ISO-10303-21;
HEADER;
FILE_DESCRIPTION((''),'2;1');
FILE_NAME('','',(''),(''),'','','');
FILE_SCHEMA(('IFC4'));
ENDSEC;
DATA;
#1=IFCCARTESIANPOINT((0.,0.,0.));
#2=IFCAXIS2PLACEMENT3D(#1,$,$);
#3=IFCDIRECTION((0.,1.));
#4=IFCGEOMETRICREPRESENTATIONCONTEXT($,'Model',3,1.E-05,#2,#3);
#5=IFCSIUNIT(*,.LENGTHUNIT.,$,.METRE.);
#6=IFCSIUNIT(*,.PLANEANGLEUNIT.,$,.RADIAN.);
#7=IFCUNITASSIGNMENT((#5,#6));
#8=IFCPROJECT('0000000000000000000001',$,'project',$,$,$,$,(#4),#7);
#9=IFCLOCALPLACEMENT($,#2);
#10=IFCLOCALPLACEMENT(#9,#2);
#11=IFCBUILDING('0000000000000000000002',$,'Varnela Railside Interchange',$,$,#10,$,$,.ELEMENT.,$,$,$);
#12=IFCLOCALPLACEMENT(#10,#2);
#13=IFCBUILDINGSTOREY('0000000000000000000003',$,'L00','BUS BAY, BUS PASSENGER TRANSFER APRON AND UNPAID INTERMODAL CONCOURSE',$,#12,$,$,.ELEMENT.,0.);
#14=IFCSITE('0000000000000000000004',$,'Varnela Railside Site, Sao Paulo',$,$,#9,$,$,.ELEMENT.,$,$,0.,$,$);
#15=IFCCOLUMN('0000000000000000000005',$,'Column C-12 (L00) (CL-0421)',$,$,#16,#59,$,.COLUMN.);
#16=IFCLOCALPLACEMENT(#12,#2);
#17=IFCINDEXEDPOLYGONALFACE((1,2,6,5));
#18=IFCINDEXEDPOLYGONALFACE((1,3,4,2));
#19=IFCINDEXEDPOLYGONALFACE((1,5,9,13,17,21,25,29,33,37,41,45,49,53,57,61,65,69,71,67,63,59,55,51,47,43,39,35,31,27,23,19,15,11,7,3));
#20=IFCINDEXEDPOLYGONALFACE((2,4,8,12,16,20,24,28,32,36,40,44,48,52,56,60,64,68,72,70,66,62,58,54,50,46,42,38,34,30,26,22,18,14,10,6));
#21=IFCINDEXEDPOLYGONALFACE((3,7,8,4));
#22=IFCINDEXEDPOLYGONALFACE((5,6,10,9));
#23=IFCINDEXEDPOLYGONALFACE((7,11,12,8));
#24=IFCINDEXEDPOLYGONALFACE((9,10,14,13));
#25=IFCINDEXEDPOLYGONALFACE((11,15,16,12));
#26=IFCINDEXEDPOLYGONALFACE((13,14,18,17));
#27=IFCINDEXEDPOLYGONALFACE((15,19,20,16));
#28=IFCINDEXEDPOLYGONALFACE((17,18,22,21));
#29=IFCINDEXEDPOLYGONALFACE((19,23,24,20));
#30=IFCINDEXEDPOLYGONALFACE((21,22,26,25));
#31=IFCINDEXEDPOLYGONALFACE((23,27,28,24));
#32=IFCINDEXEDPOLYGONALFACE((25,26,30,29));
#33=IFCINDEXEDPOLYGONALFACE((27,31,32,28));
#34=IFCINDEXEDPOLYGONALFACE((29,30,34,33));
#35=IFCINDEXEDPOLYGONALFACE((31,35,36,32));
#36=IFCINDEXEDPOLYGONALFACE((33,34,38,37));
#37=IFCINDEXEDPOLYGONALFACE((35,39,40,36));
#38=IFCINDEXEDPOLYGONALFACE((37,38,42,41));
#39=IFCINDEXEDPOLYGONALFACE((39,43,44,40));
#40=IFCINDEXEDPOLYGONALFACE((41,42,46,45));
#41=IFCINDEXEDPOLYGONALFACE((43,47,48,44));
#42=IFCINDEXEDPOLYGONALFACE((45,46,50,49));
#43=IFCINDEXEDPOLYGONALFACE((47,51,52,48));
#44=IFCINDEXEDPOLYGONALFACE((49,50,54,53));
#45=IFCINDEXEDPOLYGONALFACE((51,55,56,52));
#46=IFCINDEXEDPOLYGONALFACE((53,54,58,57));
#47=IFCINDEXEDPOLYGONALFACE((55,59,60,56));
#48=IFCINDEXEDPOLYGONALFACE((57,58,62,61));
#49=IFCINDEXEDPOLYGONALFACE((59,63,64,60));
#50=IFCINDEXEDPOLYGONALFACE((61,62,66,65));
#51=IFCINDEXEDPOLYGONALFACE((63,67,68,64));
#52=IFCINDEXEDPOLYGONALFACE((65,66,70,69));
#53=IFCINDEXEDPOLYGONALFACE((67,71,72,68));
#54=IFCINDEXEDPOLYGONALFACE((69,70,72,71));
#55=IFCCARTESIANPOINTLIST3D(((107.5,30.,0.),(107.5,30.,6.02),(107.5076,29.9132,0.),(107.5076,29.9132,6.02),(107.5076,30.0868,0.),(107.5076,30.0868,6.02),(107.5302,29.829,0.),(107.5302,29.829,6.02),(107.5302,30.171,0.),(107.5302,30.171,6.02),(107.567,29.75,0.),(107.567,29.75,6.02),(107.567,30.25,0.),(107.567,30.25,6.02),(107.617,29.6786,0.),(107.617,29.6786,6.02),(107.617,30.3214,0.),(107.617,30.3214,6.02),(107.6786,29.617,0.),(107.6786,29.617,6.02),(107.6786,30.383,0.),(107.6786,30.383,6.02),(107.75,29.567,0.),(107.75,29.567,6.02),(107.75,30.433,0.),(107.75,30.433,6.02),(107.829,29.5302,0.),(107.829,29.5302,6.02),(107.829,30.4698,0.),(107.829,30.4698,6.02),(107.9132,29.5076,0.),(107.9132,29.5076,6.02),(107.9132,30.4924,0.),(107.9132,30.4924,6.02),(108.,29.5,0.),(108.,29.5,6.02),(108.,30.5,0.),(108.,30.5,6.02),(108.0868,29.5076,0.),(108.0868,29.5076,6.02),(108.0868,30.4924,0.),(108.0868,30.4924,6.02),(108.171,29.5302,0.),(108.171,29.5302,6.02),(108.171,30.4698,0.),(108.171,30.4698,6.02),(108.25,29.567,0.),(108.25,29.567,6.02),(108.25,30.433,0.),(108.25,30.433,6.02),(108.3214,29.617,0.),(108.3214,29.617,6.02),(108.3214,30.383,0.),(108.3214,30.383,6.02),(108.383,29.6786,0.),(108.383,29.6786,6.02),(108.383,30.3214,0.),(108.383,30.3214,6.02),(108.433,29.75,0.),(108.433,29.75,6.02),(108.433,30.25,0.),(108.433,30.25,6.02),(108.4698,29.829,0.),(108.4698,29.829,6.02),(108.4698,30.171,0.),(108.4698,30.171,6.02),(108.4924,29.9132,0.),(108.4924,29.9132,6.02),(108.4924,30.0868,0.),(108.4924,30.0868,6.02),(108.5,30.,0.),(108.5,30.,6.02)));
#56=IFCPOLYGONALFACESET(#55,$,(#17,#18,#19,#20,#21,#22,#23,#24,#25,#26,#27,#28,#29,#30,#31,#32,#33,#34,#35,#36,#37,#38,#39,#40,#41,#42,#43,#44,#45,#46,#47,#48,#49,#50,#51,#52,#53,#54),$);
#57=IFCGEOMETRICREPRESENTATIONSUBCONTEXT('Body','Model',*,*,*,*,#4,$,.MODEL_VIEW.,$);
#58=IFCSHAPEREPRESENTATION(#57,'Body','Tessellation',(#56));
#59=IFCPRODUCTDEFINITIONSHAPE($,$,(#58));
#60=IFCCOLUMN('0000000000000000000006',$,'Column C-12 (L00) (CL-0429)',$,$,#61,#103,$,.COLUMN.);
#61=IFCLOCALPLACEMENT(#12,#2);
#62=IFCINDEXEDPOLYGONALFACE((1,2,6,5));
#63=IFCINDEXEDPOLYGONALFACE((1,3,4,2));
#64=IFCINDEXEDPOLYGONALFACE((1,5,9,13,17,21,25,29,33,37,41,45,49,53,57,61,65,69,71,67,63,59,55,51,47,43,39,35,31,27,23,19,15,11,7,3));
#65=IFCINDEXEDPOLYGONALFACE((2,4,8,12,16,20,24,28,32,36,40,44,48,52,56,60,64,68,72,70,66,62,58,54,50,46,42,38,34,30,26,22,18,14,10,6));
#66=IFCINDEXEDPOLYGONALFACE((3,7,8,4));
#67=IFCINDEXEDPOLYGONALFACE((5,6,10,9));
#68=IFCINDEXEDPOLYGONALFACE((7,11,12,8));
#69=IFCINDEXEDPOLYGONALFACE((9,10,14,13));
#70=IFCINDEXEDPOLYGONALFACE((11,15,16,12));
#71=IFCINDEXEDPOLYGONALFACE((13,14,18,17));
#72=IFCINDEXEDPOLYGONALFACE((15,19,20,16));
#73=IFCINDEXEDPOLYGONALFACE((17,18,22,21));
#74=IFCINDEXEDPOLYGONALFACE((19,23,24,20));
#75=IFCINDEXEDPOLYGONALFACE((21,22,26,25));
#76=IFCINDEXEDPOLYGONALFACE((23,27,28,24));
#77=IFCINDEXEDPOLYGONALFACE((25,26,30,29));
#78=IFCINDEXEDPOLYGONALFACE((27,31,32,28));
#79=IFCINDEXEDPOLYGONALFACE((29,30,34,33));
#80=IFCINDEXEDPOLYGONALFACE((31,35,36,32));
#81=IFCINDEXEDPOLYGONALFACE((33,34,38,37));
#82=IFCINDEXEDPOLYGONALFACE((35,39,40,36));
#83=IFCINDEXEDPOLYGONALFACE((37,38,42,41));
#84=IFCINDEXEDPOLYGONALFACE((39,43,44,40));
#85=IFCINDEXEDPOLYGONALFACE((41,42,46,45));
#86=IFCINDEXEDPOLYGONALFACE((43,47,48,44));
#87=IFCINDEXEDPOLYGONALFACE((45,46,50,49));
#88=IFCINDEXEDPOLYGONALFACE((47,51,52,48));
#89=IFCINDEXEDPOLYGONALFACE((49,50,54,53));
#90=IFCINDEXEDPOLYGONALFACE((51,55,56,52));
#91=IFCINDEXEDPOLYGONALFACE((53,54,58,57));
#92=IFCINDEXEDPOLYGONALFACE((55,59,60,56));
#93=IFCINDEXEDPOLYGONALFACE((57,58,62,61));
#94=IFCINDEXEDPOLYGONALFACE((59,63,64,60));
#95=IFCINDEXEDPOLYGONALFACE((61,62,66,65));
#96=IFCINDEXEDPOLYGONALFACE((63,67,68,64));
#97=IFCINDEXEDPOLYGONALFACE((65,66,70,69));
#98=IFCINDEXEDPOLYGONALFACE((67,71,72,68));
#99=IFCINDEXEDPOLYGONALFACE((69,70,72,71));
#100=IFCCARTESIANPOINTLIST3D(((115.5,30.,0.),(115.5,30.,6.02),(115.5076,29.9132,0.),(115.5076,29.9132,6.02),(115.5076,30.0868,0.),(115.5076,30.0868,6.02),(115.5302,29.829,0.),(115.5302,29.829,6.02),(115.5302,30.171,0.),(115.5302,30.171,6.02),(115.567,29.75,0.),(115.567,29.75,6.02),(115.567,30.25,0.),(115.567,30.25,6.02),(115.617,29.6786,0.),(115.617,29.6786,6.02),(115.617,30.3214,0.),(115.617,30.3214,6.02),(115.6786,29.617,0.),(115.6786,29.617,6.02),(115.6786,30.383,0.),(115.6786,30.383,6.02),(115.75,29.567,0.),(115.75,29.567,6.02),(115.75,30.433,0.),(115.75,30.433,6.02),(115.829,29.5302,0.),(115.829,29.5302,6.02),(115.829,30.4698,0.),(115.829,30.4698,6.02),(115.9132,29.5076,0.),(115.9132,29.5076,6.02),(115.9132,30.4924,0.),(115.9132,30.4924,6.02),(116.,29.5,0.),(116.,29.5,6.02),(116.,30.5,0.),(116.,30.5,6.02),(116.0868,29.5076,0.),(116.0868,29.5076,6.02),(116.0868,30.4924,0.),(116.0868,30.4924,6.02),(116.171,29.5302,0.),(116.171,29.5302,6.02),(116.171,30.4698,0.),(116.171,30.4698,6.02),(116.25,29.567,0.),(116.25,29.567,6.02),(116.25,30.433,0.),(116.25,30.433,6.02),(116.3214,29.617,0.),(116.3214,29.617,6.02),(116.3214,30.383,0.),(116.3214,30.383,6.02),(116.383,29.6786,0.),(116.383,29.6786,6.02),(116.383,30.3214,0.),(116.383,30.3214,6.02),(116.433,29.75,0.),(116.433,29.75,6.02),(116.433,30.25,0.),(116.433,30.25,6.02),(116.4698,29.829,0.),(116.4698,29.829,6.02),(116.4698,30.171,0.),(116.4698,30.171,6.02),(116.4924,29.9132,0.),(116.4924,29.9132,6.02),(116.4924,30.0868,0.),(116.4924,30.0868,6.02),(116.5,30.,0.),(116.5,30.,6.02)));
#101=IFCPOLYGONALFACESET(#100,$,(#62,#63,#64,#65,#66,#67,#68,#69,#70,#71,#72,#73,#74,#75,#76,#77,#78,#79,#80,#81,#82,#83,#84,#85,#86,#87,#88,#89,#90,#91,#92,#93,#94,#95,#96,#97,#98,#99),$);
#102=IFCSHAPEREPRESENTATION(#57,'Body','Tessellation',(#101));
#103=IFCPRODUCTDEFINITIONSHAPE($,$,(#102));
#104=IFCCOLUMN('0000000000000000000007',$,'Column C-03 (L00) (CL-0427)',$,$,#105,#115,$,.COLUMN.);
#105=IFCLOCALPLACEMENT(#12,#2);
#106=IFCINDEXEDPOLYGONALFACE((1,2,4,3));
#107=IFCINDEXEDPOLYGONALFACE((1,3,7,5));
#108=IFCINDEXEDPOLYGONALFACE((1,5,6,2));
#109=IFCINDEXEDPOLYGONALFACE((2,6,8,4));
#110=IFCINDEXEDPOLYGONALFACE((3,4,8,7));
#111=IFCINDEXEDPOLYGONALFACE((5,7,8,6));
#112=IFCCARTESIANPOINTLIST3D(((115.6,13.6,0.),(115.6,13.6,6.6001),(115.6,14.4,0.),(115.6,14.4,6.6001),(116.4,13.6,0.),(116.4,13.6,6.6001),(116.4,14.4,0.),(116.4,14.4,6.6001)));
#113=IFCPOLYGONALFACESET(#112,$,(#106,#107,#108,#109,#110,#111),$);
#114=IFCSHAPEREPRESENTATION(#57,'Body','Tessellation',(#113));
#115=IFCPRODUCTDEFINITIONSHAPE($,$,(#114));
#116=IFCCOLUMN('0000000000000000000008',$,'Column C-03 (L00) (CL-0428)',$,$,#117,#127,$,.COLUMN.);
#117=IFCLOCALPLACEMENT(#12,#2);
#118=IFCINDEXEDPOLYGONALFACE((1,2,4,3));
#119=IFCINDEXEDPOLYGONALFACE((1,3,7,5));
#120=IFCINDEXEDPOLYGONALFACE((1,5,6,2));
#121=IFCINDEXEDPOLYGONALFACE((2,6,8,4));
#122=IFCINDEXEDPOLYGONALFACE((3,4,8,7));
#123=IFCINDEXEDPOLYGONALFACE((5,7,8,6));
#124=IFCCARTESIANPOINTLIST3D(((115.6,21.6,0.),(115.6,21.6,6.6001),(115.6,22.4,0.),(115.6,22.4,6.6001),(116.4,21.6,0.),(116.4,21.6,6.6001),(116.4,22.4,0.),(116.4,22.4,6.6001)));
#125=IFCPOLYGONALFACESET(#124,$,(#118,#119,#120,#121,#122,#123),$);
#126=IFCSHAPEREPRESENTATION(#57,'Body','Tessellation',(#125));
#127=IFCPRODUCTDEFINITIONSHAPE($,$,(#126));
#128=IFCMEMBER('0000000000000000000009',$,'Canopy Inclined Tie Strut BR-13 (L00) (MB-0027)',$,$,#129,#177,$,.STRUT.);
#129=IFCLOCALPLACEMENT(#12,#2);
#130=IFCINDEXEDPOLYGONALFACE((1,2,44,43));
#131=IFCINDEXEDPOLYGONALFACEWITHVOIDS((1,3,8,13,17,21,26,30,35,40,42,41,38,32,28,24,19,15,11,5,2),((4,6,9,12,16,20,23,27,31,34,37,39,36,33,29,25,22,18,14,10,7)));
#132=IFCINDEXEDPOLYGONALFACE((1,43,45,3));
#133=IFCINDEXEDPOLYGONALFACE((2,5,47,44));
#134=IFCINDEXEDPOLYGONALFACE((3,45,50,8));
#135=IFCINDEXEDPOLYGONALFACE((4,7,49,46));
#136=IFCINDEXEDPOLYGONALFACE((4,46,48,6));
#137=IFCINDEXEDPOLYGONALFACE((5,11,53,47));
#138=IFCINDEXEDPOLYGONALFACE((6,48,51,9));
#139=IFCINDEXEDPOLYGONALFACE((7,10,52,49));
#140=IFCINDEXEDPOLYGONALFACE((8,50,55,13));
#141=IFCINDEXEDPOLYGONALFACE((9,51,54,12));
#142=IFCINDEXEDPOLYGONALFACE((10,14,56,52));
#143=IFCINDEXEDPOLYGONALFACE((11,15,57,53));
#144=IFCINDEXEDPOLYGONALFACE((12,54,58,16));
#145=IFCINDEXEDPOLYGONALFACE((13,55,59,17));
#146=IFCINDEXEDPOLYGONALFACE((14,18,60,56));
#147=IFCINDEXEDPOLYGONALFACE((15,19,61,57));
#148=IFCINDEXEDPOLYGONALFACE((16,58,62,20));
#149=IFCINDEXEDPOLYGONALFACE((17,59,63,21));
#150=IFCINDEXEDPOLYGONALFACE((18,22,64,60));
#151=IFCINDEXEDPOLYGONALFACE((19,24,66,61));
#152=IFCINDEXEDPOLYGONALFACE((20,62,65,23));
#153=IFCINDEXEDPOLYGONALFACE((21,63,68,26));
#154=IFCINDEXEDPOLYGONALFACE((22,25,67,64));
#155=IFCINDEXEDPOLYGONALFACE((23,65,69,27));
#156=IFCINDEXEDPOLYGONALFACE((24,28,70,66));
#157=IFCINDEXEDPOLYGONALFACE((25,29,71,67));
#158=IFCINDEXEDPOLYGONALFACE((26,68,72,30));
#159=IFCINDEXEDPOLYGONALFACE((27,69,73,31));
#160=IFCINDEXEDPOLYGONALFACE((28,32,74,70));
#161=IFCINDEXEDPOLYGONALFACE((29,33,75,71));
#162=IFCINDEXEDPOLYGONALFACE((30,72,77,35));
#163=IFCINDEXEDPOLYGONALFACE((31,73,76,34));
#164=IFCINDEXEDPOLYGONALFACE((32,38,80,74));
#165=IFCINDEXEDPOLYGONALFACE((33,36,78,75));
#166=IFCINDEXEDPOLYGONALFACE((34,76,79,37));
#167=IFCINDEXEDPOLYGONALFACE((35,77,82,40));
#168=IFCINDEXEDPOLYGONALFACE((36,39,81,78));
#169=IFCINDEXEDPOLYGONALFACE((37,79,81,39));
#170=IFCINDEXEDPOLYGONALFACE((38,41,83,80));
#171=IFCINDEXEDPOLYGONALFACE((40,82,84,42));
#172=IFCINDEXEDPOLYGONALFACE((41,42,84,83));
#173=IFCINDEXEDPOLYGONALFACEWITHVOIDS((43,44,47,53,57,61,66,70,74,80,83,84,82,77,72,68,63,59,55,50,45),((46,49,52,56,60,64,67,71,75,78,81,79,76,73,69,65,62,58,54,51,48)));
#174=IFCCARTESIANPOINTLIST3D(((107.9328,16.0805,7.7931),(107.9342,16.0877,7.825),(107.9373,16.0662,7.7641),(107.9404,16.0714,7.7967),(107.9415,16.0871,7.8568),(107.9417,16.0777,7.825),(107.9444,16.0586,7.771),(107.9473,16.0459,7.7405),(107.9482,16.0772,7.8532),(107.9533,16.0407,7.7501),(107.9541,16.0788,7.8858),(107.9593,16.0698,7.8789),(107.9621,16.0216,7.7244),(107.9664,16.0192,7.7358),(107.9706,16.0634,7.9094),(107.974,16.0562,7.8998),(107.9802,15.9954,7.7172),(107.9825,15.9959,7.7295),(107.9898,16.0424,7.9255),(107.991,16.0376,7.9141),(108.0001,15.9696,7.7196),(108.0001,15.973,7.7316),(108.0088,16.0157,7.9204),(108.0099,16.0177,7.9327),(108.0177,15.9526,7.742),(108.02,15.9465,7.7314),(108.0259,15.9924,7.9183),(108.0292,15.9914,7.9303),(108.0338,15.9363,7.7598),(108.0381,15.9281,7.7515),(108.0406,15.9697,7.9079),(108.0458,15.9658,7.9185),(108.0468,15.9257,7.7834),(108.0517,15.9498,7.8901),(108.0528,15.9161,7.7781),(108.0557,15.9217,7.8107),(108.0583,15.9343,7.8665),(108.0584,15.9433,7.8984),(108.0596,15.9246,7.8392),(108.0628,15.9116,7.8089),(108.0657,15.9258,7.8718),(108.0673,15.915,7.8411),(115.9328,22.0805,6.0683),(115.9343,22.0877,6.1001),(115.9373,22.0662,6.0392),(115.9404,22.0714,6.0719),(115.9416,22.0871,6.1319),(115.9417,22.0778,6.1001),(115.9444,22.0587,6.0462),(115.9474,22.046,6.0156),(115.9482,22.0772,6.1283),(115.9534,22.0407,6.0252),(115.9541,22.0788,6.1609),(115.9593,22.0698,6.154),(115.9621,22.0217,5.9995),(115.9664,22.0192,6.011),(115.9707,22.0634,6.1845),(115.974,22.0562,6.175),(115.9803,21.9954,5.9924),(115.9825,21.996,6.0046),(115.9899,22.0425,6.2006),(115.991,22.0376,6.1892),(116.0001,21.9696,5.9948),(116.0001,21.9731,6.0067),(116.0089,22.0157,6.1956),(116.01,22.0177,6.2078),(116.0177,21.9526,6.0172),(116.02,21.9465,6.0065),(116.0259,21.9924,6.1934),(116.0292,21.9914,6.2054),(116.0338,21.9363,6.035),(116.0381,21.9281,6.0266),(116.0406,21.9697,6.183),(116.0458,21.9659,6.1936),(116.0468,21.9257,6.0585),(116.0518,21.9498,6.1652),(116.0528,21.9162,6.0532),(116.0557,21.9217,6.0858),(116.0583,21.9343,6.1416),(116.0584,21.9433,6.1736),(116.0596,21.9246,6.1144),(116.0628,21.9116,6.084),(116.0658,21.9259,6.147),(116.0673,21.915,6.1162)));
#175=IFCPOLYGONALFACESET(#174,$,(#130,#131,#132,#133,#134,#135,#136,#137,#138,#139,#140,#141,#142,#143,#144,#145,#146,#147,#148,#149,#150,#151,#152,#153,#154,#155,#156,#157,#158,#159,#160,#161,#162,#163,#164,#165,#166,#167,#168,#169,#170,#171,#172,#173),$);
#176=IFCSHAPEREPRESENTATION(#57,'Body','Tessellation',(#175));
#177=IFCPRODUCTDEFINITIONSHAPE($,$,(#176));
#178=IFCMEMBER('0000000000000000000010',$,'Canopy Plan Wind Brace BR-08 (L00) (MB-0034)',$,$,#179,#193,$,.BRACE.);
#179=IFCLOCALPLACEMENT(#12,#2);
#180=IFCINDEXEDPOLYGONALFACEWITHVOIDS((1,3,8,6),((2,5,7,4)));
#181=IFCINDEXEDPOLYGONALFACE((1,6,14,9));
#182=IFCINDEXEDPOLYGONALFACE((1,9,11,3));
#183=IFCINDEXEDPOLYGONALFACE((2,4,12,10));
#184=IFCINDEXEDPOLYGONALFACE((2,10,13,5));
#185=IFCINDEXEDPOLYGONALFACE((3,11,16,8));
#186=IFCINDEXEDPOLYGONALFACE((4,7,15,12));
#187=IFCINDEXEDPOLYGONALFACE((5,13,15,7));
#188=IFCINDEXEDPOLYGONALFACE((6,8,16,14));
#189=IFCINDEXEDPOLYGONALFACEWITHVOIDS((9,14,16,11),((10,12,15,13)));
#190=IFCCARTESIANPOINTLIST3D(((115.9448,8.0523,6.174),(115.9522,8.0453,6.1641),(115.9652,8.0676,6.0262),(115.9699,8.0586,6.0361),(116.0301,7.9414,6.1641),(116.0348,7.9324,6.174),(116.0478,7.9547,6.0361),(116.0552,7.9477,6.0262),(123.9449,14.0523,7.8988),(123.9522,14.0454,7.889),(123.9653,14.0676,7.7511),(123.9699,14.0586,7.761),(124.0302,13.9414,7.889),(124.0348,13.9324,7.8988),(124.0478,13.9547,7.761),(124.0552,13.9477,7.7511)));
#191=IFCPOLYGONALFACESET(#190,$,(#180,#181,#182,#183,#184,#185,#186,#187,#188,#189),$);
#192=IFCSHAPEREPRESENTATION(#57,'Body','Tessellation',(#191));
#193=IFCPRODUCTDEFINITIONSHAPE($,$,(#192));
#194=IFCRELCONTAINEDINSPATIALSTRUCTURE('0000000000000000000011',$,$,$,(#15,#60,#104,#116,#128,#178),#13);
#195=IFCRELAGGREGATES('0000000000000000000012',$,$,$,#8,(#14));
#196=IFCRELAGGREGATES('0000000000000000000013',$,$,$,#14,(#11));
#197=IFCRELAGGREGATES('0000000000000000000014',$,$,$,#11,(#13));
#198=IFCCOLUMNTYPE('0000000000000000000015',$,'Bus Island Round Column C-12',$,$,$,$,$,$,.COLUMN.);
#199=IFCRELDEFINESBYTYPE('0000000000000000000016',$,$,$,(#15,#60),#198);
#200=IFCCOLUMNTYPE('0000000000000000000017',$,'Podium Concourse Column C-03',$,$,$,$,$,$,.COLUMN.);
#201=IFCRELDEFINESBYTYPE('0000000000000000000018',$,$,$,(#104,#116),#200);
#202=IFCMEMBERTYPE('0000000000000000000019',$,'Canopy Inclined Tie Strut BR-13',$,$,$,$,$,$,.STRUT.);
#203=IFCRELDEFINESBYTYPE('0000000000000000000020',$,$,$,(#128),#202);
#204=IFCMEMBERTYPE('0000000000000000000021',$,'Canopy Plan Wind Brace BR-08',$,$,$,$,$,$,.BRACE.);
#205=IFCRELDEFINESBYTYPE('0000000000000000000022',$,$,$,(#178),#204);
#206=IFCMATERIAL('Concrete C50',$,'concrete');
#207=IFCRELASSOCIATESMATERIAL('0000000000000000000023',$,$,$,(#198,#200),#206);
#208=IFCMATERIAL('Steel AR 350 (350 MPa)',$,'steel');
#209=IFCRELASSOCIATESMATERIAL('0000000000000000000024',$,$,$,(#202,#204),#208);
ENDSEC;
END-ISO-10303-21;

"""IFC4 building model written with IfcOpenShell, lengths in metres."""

from ifc_helpers import new_model, si_unit, direction, frame, origin, origin_2d, place, context, subcontext, project, spatial, rectangle, hollow_rectangle, circle, hollow_circle, extrude, material, material_profile, profile_set, type_object, element, save


model = new_model("IFC4")

# Units and contexts
model_context = context("Model", 3, precision=1e-05, world=origin(), true_north=direction((0.0, 1.0)))
body_context = subcontext(model_context, "Body", "Model", "MODEL_VIEW")
ifc_project = project(units=[si_unit("LENGTHUNIT", "METRE"), si_unit("PLANEANGLEUNIT", "RADIAN")], contexts=[model_context])

# Site, building, storey
site_placement = place(None, origin())
site = spatial("IfcSite", under=ifc_project, at=site_placement, Name="Varnela Railside Site, Sao Paulo", CompositionType="ELEMENT", RefElevation=0.0)
building_placement = place(site_placement, origin())
building = spatial("IfcBuilding", under=site, at=building_placement, Name="Varnela Railside Interchange", CompositionType="ELEMENT")
storey_placement = place(building_placement, origin())
storey = spatial("IfcBuildingStorey", under=building, at=storey_placement, Name="L00", Description="BUS BAY, BUS PASSENGER TRANSFER APRON AND UNPAID INTERMODAL CONCOURSE", CompositionType="ELEMENT", Elevation=0.0)

# Columns
ifc_material_1 = material(Name="Concrete C50", Category="concrete")
ifc_material_profile_1 = material_profile(ifc_material_1, circle(Radius=0.5, at=origin_2d()), Name="CIRC D1000")
ifc_profile_set_1 = profile_set([ifc_material_profile_1], Name="Concrete C50")
column_type_1 = type_object("IfcColumnType", Name="Bus Island Round Column C-12", PredefinedType="COLUMN", material=ifc_profile_set_1)
for number, where, z_axis, x_axis, name in (
    (1, (108.0, 30.0, 0.0), (0.0, 0.0, 1.0), (1.0, 0.0, 0.0), "Column C-12 (L00) (CL-0421)"),
    (2, (116.0, 30.0, 0.0), (0.0, 0.0, 1.0), (1.0, 0.0, 0.0), "Column C-12 (L00) (CL-0429)"),
):
    element("IfcColumn", number, at=place(storey_placement, frame(where, z_axis=z_axis, x_axis=x_axis)), inside=storey, type_object=column_type_1, Name=name, PredefinedType="COLUMN", context=body_context, shape_type="SweptSolid", body=[
        extrude(circle(Radius=0.5, at=origin_2d()), origin(), (0.0, 0.0, 1.0), 6.02),
    ])
ifc_material_profile_2 = material_profile(ifc_material_1, rectangle(XDim=0.8, YDim=0.8, at=origin_2d()), Name="RC 800x800")
ifc_profile_set_2 = profile_set([ifc_material_profile_2], Name="Concrete C50")
column_type_2 = type_object("IfcColumnType", Name="Podium Concourse Column C-03", PredefinedType="COLUMN", material=ifc_profile_set_2)
for number, where, z_axis, x_axis, name in (
    (3, (116.0, 14.0, 0.0), (0.0, 0.0, 1.0), (1.0, 0.0, 0.0), "Column C-03 (L00) (CL-0427)"),
    (4, (116.0, 22.0, 0.0), (0.0, 0.0, 1.0), (1.0, 0.0, 0.0), "Column C-03 (L00) (CL-0428)"),
):
    element("IfcColumn", number, at=place(storey_placement, frame(where, z_axis=z_axis, x_axis=x_axis)), inside=storey, type_object=column_type_2, Name=name, PredefinedType="COLUMN", context=body_context, shape_type="SweptSolid", body=[
        extrude(rectangle(XDim=0.8, YDim=0.8, at=origin_2d()), origin(), (0.0, 0.0, 1.0), 6.6001),
    ])

# Members
ifc_material_2 = material(Name="Steel AR 350 (350 MPa)", Category="steel")
ifc_material_profile_3 = material_profile(ifc_material_2, hollow_circle(Radius=0.1096, WallThickness=0.0125, at=origin_2d()), Name="CHS 219.1x12.5")
ifc_profile_set_3 = profile_set([ifc_material_profile_3], Name="Steel AR 350 (350 MPa)")
member_type_1 = type_object("IfcMemberType", Name="Canopy Inclined Tie Strut BR-13", PredefinedType="STRUT", material=ifc_profile_set_3)
member_1_placement = place(storey_placement, frame((108.0, 16.0, 7.825), z_axis=(0.788359, 0.591269, -0.169975), x_axis=(-0.6, 0.8, 0.0)))
element("IfcMember", 5, at=member_1_placement, inside=storey, type_object=member_type_1, Name="Canopy Inclined Tie Strut BR-13 (L00) (MB-0027)", PredefinedType="STRUT", context=body_context, shape_type="SweptSolid", body=[
    extrude(hollow_circle(Radius=0.1096, WallThickness=0.0125, at=origin_2d()), origin(), (0.0, 0.0, 1.0), 10.1477),
])
ifc_material_profile_4 = material_profile(ifc_material_2, hollow_rectangle(XDim=0.1499, YDim=0.1499, WallThickness=0.01, at=origin_2d()), Name="HSS 150x150x10")
ifc_profile_set_4 = profile_set([ifc_material_profile_4], Name="Steel AR 350 (350 MPa)")
member_type_2 = type_object("IfcMemberType", Name="Canopy Plan Wind Brace BR-08", PredefinedType="BRACE", material=ifc_profile_set_4)
member_2_placement = place(storey_placement, frame((116.0, 8.0, 6.1001), z_axis=(0.788359, 0.591269, 0.169975), x_axis=(-0.6, 0.8, 0.0)))
element("IfcMember", 6, at=member_2_placement, inside=storey, type_object=member_type_2, Name="Canopy Plan Wind Brace BR-08 (L00) (MB-0034)", PredefinedType="BRACE", context=body_context, shape_type="SweptSolid", body=[
    extrude(hollow_rectangle(XDim=0.1499, YDim=0.1499, WallThickness=0.01, at=origin_2d()), origin(), (0.0, 0.0, 1.0), 10.1477),
])

save(model, "model.ifc")
